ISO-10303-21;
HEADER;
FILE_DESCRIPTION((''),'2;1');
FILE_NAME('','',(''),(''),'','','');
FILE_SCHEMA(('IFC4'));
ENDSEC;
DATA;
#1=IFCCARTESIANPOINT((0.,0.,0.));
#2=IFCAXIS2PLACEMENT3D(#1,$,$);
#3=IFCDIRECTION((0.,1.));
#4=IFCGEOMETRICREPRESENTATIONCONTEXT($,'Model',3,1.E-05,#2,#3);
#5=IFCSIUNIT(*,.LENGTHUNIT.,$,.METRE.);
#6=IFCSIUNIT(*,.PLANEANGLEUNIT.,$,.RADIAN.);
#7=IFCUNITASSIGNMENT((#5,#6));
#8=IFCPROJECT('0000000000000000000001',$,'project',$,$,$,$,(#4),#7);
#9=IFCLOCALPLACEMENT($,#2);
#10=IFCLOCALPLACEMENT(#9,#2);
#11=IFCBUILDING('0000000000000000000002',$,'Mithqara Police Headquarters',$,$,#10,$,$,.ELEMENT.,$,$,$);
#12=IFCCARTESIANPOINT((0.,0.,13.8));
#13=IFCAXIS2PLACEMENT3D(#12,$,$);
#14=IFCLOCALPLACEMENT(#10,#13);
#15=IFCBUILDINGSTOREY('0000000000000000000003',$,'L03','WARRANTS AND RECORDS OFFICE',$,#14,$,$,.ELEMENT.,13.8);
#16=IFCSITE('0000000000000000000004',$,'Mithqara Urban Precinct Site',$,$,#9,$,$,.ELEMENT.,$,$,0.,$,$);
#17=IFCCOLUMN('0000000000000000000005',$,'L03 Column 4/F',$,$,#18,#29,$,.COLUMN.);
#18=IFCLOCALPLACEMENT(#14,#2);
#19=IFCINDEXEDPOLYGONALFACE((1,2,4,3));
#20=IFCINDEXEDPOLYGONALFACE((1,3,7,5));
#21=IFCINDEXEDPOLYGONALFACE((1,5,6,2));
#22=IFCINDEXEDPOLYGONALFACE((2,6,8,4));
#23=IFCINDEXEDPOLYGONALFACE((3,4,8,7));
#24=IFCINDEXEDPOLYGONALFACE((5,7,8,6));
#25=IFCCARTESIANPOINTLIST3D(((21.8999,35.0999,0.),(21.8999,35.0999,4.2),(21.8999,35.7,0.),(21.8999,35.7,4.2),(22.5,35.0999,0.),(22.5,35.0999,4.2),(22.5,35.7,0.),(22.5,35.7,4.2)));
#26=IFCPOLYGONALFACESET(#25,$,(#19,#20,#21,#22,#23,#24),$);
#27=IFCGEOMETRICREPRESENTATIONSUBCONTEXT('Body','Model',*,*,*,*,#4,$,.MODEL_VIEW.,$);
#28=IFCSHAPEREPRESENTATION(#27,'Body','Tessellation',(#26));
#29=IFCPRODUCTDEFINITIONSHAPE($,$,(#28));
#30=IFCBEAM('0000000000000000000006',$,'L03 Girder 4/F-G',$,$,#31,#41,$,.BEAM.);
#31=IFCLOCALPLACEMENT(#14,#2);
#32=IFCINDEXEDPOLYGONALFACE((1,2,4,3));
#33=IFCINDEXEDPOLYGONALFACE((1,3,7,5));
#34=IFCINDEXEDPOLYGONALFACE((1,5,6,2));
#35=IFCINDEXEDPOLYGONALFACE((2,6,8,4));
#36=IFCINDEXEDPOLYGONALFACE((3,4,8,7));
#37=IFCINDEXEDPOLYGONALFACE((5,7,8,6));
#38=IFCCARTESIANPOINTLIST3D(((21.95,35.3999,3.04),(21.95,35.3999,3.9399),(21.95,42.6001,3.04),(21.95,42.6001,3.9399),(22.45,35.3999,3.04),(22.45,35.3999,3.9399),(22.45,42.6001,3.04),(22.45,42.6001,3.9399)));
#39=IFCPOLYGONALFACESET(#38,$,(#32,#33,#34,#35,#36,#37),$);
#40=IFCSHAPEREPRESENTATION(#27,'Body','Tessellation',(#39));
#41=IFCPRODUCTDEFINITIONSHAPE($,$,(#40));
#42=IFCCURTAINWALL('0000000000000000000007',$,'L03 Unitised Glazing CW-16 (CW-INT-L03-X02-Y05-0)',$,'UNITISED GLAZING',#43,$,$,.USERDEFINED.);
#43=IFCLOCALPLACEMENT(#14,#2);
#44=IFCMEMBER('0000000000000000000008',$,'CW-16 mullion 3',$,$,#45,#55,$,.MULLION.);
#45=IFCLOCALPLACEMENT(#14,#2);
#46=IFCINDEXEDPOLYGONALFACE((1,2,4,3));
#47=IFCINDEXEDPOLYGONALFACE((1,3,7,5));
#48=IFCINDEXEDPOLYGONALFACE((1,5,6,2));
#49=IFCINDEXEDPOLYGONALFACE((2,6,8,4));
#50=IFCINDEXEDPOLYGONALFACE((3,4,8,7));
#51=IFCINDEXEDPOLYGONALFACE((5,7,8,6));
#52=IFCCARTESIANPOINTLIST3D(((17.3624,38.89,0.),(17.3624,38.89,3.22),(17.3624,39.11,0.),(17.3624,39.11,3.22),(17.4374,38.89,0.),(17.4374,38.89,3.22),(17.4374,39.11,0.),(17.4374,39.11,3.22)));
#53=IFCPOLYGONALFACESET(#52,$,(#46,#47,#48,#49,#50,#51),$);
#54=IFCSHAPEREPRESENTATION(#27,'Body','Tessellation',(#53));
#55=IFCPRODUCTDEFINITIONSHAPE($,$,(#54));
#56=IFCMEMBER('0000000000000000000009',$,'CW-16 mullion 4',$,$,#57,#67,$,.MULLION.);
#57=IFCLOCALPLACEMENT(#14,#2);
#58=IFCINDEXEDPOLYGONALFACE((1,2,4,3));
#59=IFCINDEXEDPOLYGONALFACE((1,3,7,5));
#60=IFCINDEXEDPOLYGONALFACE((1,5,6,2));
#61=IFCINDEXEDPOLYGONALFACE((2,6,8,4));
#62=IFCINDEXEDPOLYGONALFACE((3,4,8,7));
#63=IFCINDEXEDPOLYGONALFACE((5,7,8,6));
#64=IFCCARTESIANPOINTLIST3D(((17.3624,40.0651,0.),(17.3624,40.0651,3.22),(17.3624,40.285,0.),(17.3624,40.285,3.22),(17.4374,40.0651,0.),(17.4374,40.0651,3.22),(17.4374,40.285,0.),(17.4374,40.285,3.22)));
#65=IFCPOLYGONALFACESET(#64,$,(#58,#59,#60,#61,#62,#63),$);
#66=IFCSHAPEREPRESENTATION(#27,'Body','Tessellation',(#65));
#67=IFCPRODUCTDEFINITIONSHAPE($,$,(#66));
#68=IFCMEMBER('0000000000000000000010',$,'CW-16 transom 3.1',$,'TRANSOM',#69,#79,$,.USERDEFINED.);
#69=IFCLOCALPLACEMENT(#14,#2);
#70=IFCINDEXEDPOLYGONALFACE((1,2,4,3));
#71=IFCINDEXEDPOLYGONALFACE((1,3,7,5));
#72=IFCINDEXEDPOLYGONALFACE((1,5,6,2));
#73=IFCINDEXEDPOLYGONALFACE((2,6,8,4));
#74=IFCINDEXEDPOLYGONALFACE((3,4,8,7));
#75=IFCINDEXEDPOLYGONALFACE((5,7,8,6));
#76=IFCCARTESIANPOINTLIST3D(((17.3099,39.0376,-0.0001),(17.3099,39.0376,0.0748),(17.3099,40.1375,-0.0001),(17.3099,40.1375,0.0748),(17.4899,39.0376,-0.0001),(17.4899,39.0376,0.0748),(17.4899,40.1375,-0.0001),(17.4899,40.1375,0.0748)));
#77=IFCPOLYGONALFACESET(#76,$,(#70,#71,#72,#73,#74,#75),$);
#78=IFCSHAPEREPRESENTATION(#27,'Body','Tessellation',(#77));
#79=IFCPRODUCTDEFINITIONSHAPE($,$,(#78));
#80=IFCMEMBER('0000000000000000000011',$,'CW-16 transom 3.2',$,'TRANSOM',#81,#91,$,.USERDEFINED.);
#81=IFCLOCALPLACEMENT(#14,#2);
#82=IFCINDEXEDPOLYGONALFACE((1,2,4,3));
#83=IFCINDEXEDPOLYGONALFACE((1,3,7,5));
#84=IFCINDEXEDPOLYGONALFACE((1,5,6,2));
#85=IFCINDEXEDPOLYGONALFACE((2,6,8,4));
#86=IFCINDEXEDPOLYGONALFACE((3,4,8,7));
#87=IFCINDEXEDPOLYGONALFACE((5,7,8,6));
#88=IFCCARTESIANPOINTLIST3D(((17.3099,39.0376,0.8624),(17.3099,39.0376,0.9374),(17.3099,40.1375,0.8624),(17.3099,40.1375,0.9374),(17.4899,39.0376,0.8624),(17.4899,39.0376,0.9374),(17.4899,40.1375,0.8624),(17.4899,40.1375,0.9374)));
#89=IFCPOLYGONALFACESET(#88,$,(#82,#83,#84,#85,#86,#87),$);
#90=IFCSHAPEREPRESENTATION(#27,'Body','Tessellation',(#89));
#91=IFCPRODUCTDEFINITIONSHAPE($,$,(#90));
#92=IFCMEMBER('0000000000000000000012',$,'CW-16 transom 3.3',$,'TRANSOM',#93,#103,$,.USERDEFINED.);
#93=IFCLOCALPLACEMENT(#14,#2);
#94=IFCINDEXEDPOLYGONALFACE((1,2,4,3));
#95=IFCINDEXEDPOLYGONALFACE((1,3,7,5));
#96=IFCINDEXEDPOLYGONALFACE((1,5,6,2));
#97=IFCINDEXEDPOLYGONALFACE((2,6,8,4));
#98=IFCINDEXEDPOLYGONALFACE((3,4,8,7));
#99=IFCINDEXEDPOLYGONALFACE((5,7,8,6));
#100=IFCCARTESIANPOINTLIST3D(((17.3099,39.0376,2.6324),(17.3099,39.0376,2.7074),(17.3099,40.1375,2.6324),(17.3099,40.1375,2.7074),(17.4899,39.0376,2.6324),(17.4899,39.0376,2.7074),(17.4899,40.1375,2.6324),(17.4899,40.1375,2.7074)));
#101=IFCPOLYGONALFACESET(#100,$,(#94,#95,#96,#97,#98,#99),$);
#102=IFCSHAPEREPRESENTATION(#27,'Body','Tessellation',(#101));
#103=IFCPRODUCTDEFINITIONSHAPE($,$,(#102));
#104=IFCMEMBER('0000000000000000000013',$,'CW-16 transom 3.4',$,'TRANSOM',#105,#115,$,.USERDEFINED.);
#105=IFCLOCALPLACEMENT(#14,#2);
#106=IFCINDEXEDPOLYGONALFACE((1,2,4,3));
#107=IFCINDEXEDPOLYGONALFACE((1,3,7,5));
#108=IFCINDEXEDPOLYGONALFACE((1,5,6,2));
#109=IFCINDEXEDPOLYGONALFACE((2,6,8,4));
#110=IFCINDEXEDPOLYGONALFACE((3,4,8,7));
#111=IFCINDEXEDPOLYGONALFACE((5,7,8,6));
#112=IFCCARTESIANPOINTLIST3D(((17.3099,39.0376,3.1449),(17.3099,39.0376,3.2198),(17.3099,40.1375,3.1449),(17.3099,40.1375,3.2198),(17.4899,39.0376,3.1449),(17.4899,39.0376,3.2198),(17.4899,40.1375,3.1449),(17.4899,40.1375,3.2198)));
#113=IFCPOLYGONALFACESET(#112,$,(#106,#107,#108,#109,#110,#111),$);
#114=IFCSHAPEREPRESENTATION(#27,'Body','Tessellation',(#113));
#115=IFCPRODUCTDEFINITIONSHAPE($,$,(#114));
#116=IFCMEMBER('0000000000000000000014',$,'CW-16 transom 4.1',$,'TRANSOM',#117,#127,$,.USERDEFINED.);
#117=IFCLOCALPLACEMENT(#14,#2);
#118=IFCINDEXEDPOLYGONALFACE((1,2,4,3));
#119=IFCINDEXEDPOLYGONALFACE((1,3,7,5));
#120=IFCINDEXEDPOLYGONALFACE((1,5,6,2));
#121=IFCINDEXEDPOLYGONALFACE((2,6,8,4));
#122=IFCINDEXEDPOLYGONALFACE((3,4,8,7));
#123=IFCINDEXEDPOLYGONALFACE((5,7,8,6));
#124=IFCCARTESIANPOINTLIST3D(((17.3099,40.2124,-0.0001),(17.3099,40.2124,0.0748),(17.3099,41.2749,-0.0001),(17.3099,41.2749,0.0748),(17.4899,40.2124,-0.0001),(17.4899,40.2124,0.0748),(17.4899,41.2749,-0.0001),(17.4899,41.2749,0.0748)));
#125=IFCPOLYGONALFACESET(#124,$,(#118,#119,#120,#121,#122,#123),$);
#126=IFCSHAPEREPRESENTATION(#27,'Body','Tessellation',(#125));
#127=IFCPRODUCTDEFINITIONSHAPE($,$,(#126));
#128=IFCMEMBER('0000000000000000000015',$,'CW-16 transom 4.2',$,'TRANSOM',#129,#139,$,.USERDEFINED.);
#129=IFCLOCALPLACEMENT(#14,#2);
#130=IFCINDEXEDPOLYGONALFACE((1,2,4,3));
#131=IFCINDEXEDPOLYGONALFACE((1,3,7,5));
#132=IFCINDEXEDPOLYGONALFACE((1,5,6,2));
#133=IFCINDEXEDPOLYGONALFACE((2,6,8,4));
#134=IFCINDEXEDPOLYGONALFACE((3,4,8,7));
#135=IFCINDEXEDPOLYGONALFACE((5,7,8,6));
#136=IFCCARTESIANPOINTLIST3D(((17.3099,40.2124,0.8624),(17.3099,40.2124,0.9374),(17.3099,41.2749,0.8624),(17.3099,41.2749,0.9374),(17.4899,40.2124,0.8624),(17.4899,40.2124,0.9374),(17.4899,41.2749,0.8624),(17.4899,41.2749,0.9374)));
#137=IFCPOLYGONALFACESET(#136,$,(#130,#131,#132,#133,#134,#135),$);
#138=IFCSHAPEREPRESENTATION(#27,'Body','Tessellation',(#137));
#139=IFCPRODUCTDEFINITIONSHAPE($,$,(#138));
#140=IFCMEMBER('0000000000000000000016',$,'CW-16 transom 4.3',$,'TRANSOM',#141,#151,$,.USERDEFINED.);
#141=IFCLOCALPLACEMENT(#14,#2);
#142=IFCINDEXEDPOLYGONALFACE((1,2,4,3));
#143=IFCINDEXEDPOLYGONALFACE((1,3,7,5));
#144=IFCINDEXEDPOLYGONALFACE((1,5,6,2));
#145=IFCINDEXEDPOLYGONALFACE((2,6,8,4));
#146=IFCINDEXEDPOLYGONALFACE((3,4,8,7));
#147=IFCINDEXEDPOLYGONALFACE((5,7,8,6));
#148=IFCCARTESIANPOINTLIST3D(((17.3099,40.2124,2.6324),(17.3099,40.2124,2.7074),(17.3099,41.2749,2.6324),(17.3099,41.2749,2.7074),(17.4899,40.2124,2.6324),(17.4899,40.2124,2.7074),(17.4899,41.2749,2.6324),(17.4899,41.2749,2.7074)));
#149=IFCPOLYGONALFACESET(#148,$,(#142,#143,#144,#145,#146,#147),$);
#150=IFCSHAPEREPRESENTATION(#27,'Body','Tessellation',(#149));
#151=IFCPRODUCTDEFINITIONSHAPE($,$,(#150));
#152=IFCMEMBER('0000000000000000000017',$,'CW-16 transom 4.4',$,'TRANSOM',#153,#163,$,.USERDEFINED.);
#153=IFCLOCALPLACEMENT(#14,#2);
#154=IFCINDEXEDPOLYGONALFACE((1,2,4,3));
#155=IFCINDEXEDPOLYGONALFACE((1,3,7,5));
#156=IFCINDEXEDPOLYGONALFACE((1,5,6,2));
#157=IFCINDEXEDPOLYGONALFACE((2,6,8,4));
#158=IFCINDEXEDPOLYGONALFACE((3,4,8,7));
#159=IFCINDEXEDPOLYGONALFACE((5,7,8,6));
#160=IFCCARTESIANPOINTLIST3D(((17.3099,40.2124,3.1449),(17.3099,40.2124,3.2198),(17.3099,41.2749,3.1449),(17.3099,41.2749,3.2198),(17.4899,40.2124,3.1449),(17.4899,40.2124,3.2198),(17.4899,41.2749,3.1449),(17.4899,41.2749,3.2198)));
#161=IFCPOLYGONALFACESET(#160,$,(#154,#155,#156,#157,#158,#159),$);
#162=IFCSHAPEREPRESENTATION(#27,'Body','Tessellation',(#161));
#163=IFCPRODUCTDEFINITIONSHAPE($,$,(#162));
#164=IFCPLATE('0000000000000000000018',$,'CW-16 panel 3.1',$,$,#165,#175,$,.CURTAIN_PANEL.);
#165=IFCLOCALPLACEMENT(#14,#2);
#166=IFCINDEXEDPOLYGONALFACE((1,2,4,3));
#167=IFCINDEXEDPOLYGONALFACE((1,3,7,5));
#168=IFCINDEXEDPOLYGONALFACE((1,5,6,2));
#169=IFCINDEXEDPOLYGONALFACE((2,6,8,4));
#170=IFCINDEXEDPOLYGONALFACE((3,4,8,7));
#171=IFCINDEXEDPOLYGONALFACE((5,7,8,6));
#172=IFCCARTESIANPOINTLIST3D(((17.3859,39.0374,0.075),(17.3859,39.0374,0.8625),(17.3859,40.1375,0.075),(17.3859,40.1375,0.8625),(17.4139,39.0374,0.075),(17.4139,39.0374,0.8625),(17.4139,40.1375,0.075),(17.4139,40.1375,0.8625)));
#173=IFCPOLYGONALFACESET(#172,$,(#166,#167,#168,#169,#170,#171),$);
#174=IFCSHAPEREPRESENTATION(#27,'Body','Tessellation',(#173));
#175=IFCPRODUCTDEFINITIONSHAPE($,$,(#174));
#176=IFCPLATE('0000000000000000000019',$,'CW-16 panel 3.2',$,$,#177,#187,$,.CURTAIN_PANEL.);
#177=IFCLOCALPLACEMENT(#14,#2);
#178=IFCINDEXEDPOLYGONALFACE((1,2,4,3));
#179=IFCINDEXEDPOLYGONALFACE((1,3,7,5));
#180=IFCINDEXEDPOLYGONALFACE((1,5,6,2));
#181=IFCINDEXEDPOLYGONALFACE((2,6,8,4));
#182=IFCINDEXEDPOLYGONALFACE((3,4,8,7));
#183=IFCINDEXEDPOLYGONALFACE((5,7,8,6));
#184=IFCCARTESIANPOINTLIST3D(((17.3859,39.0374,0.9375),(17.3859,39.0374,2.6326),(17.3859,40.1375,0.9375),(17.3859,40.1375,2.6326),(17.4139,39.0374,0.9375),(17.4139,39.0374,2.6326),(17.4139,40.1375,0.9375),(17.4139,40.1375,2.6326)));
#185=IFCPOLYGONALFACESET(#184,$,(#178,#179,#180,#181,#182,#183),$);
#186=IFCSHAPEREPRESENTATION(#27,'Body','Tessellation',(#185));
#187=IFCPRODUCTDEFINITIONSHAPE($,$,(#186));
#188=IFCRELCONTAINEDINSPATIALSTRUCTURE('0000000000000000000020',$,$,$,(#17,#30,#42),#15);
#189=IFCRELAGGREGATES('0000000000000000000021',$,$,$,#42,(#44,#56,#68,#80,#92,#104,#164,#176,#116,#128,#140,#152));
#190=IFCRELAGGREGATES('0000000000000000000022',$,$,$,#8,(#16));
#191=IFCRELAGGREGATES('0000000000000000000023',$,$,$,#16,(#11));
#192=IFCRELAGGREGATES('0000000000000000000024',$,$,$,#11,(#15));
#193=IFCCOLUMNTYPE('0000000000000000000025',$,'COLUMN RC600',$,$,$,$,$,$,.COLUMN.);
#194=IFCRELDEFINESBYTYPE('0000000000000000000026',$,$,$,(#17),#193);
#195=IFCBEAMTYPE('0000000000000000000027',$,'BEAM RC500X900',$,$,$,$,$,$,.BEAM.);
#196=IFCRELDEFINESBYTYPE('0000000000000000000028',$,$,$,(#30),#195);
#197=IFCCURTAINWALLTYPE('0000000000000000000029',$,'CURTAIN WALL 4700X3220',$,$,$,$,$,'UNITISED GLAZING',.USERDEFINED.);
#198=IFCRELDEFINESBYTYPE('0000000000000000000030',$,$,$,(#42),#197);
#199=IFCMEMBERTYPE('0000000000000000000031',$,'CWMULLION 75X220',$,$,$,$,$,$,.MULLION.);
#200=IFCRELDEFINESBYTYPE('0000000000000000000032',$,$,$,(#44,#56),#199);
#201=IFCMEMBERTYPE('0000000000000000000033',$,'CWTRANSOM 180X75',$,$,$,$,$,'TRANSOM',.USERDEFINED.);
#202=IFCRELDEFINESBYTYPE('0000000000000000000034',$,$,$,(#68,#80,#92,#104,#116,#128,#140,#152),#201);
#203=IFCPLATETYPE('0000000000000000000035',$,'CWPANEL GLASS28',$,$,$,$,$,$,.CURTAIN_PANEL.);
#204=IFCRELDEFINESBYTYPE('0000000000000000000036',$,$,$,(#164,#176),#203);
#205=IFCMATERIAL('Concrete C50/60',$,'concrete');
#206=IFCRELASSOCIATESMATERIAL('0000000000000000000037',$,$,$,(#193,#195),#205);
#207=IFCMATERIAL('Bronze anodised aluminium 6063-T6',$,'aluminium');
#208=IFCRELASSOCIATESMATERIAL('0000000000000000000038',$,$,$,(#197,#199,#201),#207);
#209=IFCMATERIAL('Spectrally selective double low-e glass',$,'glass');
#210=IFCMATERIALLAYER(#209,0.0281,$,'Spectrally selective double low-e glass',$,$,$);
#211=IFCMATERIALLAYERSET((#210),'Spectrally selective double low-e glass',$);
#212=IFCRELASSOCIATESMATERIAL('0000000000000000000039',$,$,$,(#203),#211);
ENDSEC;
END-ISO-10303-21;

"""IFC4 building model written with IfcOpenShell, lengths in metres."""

from ifc_helpers import new_model, si_unit, direction, frame, origin, origin_2d, place, context, subcontext, project, spatial, rectangle, extrude, material, layer, layer_set, material_profile, profile_set, type_object, element, aggregate, save


model = new_model("IFC4")

# Units and contexts
model_context = context("Model", 3, precision=1e-05, world=origin(), true_north=direction((0.0, 1.0)))
body_context = subcontext(model_context, "Body", "Model", "MODEL_VIEW")
ifc_project = project(units=[si_unit("LENGTHUNIT", "METRE"), si_unit("PLANEANGLEUNIT", "RADIAN")], contexts=[model_context])

# Site, building, storey
site_placement = place(None, origin())
site = spatial("IfcSite", under=ifc_project, at=site_placement, Name="Mithqara Urban Precinct Site", CompositionType="ELEMENT", RefElevation=0.0)
building_placement = place(site_placement, origin())
building = spatial("IfcBuilding", under=site, at=building_placement, Name="Mithqara Police Headquarters", CompositionType="ELEMENT")
storey_placement = place(building_placement, frame((0.0, 0.0, 13.8)))
storey = spatial("IfcBuildingStorey", under=building, at=storey_placement, Name="L03", Description="WARRANTS AND RECORDS OFFICE", CompositionType="ELEMENT", Elevation=13.8)

# Column
ifc_material_1 = material(Name="Concrete C50/60", Category="concrete")
ifc_material_profile_1 = material_profile(ifc_material_1, rectangle(XDim=0.6001, YDim=0.6001, at=origin_2d()), Name="RC 600x600")
ifc_profile_set_1 = profile_set([ifc_material_profile_1], Name="Concrete C50/60")
column_type = type_object("IfcColumnType", Name="COLUMN RC600", PredefinedType="COLUMN", material=ifc_profile_set_1)
column_placement = place(storey_placement, frame((22.2, 35.3999, 0.0), z_axis=(0.0, 0.0, 1.0), x_axis=(1.0, 0.0, 0.0)))
element("IfcColumn", 1, at=column_placement, inside=storey, type_object=column_type, Name="L03 Column 4/F", PredefinedType="COLUMN", context=body_context, shape_type="SweptSolid", body=[
    extrude(rectangle(XDim=0.6001, YDim=0.6001, at=origin_2d()), origin(), (0.0, 0.0, 1.0), 4.2),
])

# Beam
ifc_material_profile_2 = material_profile(ifc_material_1, rectangle(XDim=0.5, YDim=0.8999, at=origin_2d()), Name="RC 500x900")
ifc_profile_set_2 = profile_set([ifc_material_profile_2], Name="Concrete C50/60")
beam_type = type_object("IfcBeamType", Name="BEAM RC500X900", PredefinedType="BEAM", material=ifc_profile_set_2)
beam_placement = place(storey_placement, frame((22.2, 35.3999, 3.49), z_axis=(0.0, 1.0, 0.0), x_axis=(-1.0, 0.0, 0.0)))
element("IfcBeam", 2, at=beam_placement, inside=storey, type_object=beam_type, Name="L03 Girder 4/F-G", PredefinedType="BEAM", context=body_context, shape_type="SweptSolid", body=[
    extrude(rectangle(XDim=0.5, YDim=0.8999, at=origin_2d()), origin(), (0.0, 0.0, 1.0), 7.2002),
])

# Curtain wall, members, plates
ifc_material_2 = material(Name="Bronze anodised aluminium 6063-T6", Category="aluminium")
curtain_wall_type = type_object("IfcCurtainWallType", Name="CURTAIN WALL 4700X3220", ElementType="UNITISED GLAZING", PredefinedType="USERDEFINED", material=ifc_material_2)
curtain_wall_placement = place(storey_placement, origin())
curtain_wall = element("IfcCurtainWall", 3, at=curtain_wall_placement, inside=storey, type_object=curtain_wall_type, Name="L03 Unitised Glazing CW-16 (CW-INT-L03-X02-Y05-0)", ObjectType="UNITISED GLAZING", PredefinedType="USERDEFINED")
ifc_material_profile_3 = material_profile(ifc_material_2, rectangle(XDim=0.075, YDim=0.22, at=origin_2d()), Name="CWM 75x220")
ifc_profile_set_3 = profile_set([ifc_material_profile_3], Name="Bronze anodised aluminium 6063-T6")
member_type_1 = type_object("IfcMemberType", Name="CWMULLION 75X220", PredefinedType="MULLION", material=ifc_profile_set_3)
member_1_placement = place(storey_placement, frame((17.3999, 39.0, 0.0), z_axis=(0.0, 0.0, 1.0), x_axis=(-1.0, 0.0, 0.0)))
member_1 = element("IfcMember", 4, at=member_1_placement, type_object=member_type_1, Name="CW-16 mullion 3", PredefinedType="MULLION", context=body_context, shape_type="SweptSolid", body=[
    extrude(rectangle(XDim=0.075, YDim=0.22, at=origin_2d()), origin(), (0.0, 0.0, 1.0), 3.22),
])
member_2_placement = place(storey_placement, frame((17.3999, 40.175, 0.0), z_axis=(0.0, 0.0, 1.0), x_axis=(-1.0, 0.0, 0.0)))
member_2 = element("IfcMember", 5, at=member_2_placement, type_object=member_type_1, Name="CW-16 mullion 4", PredefinedType="MULLION", context=body_context, shape_type="SweptSolid", body=[
    extrude(rectangle(XDim=0.075, YDim=0.22, at=origin_2d()), origin(), (0.0, 0.0, 1.0), 3.22),
])
ifc_material_profile_4 = material_profile(ifc_material_2, rectangle(XDim=0.1799, YDim=0.075, at=origin_2d()), Name="CWT 180x75")
ifc_profile_set_4 = profile_set([ifc_material_profile_4], Name="Bronze anodised aluminium 6063-T6")
member_type_2 = type_object("IfcMemberType", Name="CWTRANSOM 180X75", ElementType="TRANSOM", PredefinedType="USERDEFINED", material=ifc_profile_set_4)
member_3_placement = place(storey_placement, frame((17.3999, 39.0376, 0.0374), z_axis=(0.0, 1.0, 0.0), x_axis=(-1.0, 0.0, 0.0)))
member_3 = element("IfcMember", 6, at=member_3_placement, type_object=member_type_2, Name="CW-16 transom 3.1", ObjectType="TRANSOM", PredefinedType="USERDEFINED", context=body_context, shape_type="SweptSolid", body=[
    extrude(rectangle(XDim=0.1799, YDim=0.075, at=origin_2d()), origin(), (0.0, 0.0, 1.0), 1.0999),
])
member_4_placement = place(storey_placement, frame((17.3999, 39.0376, 0.8999), z_axis=(0.0, 1.0, 0.0), x_axis=(-1.0, 0.0, 0.0)))
member_4 = element("IfcMember", 7, at=member_4_placement, type_object=member_type_2, Name="CW-16 transom 3.2", ObjectType="TRANSOM", PredefinedType="USERDEFINED", context=body_context, shape_type="SweptSolid", body=[
    extrude(rectangle(XDim=0.1799, YDim=0.075, at=origin_2d()), origin(), (0.0, 0.0, 1.0), 1.0999),
])
member_5_placement = place(storey_placement, frame((17.3999, 39.0376, 2.6699), z_axis=(0.0, 1.0, 0.0), x_axis=(-1.0, 0.0, 0.0)))
member_5 = element("IfcMember", 8, at=member_5_placement, type_object=member_type_2, Name="CW-16 transom 3.3", ObjectType="TRANSOM", PredefinedType="USERDEFINED", context=body_context, shape_type="SweptSolid", body=[
    extrude(rectangle(XDim=0.1799, YDim=0.075, at=origin_2d()), origin(), (0.0, 0.0, 1.0), 1.0999),
])
member_6_placement = place(storey_placement, frame((17.3999, 39.0376, 3.1824), z_axis=(0.0, 1.0, 0.0), x_axis=(-1.0, 0.0, 0.0)))
member_6 = element("IfcMember", 9, at=member_6_placement, type_object=member_type_2, Name="CW-16 transom 3.4", ObjectType="TRANSOM", PredefinedType="USERDEFINED", context=body_context, shape_type="SweptSolid", body=[
    extrude(rectangle(XDim=0.1799, YDim=0.075, at=origin_2d()), origin(), (0.0, 0.0, 1.0), 1.0999),
])
member_7_placement = place(storey_placement, frame((17.3999, 40.2124, 0.0374), z_axis=(0.0, 1.0, 0.0), x_axis=(-1.0, 0.0, 0.0)))
member_7 = element("IfcMember", 10, at=member_7_placement, type_object=member_type_2, Name="CW-16 transom 4.1", ObjectType="TRANSOM", PredefinedType="USERDEFINED", context=body_context, shape_type="SweptSolid", body=[
    extrude(rectangle(XDim=0.1799, YDim=0.075, at=origin_2d()), origin(), (0.0, 0.0, 1.0), 1.0625),
])
member_8_placement = place(storey_placement, frame((17.3999, 40.2124, 0.8999), z_axis=(0.0, 1.0, 0.0), x_axis=(-1.0, 0.0, 0.0)))
member_8 = element("IfcMember", 11, at=member_8_placement, type_object=member_type_2, Name="CW-16 transom 4.2", ObjectType="TRANSOM", PredefinedType="USERDEFINED", context=body_context, shape_type="SweptSolid", body=[
    extrude(rectangle(XDim=0.1799, YDim=0.075, at=origin_2d()), origin(), (0.0, 0.0, 1.0), 1.0625),
])
member_9_placement = place(storey_placement, frame((17.3999, 40.2124, 2.6699), z_axis=(0.0, 1.0, 0.0), x_axis=(-1.0, 0.0, 0.0)))
member_9 = element("IfcMember", 12, at=member_9_placement, type_object=member_type_2, Name="CW-16 transom 4.3", ObjectType="TRANSOM", PredefinedType="USERDEFINED", context=body_context, shape_type="SweptSolid", body=[
    extrude(rectangle(XDim=0.1799, YDim=0.075, at=origin_2d()), origin(), (0.0, 0.0, 1.0), 1.0625),
])
member_10_placement = place(storey_placement, frame((17.3999, 40.2124, 3.1824), z_axis=(0.0, 1.0, 0.0), x_axis=(-1.0, 0.0, 0.0)))
member_10 = element("IfcMember", 13, at=member_10_placement, type_object=member_type_2, Name="CW-16 transom 4.4", ObjectType="TRANSOM", PredefinedType="USERDEFINED", context=body_context, shape_type="SweptSolid", body=[
    extrude(rectangle(XDim=0.1799, YDim=0.075, at=origin_2d()), origin(), (0.0, 0.0, 1.0), 1.0625),
])
ifc_material_3 = material(Name="Spectrally selective double low-e glass", Category="glass")
ifc_layer_1 = layer(ifc_material_3, 0.0281, Name="Spectrally selective double low-e glass")
ifc_layer_set_1 = layer_set([ifc_layer_1], Name="Spectrally selective double low-e glass")
plate_type = type_object("IfcPlateType", Name="CWPANEL GLASS28", PredefinedType="CURTAIN_PANEL", material=ifc_layer_set_1)
plate_1_placement = place(storey_placement, frame((17.3999, 39.5874, 0.075), z_axis=(0.0, 0.0, 1.0), x_axis=(0.0, 1.0, 0.0)))
plate_1 = element("IfcPlate", 14, at=plate_1_placement, type_object=plate_type, Name="CW-16 panel 3.1", PredefinedType="CURTAIN_PANEL", context=body_context, shape_type="SweptSolid", body=[
    extrude(rectangle(XDim=1.1001, YDim=0.0281, at=origin_2d()), origin(), (0.0, 0.0, 1.0), 0.7876),
])
plate_2_placement = place(storey_placement, frame((17.3999, 39.5874, 0.9375), z_axis=(0.0, 0.0, 1.0), x_axis=(0.0, 1.0, 0.0)))
plate_2 = element("IfcPlate", 15, at=plate_2_placement, type_object=plate_type, Name="CW-16 panel 3.2", PredefinedType="CURTAIN_PANEL", context=body_context, shape_type="SweptSolid", body=[
    extrude(rectangle(XDim=1.1001, YDim=0.0281, at=origin_2d()), origin(), (0.0, 0.0, 1.0), 1.6951),
])
aggregate(curtain_wall, [member_1, member_2, member_3, member_4, member_5, member_6, plate_1, plate_2, member_7, member_8, member_9, member_10])

save(model, "model.ifc")
